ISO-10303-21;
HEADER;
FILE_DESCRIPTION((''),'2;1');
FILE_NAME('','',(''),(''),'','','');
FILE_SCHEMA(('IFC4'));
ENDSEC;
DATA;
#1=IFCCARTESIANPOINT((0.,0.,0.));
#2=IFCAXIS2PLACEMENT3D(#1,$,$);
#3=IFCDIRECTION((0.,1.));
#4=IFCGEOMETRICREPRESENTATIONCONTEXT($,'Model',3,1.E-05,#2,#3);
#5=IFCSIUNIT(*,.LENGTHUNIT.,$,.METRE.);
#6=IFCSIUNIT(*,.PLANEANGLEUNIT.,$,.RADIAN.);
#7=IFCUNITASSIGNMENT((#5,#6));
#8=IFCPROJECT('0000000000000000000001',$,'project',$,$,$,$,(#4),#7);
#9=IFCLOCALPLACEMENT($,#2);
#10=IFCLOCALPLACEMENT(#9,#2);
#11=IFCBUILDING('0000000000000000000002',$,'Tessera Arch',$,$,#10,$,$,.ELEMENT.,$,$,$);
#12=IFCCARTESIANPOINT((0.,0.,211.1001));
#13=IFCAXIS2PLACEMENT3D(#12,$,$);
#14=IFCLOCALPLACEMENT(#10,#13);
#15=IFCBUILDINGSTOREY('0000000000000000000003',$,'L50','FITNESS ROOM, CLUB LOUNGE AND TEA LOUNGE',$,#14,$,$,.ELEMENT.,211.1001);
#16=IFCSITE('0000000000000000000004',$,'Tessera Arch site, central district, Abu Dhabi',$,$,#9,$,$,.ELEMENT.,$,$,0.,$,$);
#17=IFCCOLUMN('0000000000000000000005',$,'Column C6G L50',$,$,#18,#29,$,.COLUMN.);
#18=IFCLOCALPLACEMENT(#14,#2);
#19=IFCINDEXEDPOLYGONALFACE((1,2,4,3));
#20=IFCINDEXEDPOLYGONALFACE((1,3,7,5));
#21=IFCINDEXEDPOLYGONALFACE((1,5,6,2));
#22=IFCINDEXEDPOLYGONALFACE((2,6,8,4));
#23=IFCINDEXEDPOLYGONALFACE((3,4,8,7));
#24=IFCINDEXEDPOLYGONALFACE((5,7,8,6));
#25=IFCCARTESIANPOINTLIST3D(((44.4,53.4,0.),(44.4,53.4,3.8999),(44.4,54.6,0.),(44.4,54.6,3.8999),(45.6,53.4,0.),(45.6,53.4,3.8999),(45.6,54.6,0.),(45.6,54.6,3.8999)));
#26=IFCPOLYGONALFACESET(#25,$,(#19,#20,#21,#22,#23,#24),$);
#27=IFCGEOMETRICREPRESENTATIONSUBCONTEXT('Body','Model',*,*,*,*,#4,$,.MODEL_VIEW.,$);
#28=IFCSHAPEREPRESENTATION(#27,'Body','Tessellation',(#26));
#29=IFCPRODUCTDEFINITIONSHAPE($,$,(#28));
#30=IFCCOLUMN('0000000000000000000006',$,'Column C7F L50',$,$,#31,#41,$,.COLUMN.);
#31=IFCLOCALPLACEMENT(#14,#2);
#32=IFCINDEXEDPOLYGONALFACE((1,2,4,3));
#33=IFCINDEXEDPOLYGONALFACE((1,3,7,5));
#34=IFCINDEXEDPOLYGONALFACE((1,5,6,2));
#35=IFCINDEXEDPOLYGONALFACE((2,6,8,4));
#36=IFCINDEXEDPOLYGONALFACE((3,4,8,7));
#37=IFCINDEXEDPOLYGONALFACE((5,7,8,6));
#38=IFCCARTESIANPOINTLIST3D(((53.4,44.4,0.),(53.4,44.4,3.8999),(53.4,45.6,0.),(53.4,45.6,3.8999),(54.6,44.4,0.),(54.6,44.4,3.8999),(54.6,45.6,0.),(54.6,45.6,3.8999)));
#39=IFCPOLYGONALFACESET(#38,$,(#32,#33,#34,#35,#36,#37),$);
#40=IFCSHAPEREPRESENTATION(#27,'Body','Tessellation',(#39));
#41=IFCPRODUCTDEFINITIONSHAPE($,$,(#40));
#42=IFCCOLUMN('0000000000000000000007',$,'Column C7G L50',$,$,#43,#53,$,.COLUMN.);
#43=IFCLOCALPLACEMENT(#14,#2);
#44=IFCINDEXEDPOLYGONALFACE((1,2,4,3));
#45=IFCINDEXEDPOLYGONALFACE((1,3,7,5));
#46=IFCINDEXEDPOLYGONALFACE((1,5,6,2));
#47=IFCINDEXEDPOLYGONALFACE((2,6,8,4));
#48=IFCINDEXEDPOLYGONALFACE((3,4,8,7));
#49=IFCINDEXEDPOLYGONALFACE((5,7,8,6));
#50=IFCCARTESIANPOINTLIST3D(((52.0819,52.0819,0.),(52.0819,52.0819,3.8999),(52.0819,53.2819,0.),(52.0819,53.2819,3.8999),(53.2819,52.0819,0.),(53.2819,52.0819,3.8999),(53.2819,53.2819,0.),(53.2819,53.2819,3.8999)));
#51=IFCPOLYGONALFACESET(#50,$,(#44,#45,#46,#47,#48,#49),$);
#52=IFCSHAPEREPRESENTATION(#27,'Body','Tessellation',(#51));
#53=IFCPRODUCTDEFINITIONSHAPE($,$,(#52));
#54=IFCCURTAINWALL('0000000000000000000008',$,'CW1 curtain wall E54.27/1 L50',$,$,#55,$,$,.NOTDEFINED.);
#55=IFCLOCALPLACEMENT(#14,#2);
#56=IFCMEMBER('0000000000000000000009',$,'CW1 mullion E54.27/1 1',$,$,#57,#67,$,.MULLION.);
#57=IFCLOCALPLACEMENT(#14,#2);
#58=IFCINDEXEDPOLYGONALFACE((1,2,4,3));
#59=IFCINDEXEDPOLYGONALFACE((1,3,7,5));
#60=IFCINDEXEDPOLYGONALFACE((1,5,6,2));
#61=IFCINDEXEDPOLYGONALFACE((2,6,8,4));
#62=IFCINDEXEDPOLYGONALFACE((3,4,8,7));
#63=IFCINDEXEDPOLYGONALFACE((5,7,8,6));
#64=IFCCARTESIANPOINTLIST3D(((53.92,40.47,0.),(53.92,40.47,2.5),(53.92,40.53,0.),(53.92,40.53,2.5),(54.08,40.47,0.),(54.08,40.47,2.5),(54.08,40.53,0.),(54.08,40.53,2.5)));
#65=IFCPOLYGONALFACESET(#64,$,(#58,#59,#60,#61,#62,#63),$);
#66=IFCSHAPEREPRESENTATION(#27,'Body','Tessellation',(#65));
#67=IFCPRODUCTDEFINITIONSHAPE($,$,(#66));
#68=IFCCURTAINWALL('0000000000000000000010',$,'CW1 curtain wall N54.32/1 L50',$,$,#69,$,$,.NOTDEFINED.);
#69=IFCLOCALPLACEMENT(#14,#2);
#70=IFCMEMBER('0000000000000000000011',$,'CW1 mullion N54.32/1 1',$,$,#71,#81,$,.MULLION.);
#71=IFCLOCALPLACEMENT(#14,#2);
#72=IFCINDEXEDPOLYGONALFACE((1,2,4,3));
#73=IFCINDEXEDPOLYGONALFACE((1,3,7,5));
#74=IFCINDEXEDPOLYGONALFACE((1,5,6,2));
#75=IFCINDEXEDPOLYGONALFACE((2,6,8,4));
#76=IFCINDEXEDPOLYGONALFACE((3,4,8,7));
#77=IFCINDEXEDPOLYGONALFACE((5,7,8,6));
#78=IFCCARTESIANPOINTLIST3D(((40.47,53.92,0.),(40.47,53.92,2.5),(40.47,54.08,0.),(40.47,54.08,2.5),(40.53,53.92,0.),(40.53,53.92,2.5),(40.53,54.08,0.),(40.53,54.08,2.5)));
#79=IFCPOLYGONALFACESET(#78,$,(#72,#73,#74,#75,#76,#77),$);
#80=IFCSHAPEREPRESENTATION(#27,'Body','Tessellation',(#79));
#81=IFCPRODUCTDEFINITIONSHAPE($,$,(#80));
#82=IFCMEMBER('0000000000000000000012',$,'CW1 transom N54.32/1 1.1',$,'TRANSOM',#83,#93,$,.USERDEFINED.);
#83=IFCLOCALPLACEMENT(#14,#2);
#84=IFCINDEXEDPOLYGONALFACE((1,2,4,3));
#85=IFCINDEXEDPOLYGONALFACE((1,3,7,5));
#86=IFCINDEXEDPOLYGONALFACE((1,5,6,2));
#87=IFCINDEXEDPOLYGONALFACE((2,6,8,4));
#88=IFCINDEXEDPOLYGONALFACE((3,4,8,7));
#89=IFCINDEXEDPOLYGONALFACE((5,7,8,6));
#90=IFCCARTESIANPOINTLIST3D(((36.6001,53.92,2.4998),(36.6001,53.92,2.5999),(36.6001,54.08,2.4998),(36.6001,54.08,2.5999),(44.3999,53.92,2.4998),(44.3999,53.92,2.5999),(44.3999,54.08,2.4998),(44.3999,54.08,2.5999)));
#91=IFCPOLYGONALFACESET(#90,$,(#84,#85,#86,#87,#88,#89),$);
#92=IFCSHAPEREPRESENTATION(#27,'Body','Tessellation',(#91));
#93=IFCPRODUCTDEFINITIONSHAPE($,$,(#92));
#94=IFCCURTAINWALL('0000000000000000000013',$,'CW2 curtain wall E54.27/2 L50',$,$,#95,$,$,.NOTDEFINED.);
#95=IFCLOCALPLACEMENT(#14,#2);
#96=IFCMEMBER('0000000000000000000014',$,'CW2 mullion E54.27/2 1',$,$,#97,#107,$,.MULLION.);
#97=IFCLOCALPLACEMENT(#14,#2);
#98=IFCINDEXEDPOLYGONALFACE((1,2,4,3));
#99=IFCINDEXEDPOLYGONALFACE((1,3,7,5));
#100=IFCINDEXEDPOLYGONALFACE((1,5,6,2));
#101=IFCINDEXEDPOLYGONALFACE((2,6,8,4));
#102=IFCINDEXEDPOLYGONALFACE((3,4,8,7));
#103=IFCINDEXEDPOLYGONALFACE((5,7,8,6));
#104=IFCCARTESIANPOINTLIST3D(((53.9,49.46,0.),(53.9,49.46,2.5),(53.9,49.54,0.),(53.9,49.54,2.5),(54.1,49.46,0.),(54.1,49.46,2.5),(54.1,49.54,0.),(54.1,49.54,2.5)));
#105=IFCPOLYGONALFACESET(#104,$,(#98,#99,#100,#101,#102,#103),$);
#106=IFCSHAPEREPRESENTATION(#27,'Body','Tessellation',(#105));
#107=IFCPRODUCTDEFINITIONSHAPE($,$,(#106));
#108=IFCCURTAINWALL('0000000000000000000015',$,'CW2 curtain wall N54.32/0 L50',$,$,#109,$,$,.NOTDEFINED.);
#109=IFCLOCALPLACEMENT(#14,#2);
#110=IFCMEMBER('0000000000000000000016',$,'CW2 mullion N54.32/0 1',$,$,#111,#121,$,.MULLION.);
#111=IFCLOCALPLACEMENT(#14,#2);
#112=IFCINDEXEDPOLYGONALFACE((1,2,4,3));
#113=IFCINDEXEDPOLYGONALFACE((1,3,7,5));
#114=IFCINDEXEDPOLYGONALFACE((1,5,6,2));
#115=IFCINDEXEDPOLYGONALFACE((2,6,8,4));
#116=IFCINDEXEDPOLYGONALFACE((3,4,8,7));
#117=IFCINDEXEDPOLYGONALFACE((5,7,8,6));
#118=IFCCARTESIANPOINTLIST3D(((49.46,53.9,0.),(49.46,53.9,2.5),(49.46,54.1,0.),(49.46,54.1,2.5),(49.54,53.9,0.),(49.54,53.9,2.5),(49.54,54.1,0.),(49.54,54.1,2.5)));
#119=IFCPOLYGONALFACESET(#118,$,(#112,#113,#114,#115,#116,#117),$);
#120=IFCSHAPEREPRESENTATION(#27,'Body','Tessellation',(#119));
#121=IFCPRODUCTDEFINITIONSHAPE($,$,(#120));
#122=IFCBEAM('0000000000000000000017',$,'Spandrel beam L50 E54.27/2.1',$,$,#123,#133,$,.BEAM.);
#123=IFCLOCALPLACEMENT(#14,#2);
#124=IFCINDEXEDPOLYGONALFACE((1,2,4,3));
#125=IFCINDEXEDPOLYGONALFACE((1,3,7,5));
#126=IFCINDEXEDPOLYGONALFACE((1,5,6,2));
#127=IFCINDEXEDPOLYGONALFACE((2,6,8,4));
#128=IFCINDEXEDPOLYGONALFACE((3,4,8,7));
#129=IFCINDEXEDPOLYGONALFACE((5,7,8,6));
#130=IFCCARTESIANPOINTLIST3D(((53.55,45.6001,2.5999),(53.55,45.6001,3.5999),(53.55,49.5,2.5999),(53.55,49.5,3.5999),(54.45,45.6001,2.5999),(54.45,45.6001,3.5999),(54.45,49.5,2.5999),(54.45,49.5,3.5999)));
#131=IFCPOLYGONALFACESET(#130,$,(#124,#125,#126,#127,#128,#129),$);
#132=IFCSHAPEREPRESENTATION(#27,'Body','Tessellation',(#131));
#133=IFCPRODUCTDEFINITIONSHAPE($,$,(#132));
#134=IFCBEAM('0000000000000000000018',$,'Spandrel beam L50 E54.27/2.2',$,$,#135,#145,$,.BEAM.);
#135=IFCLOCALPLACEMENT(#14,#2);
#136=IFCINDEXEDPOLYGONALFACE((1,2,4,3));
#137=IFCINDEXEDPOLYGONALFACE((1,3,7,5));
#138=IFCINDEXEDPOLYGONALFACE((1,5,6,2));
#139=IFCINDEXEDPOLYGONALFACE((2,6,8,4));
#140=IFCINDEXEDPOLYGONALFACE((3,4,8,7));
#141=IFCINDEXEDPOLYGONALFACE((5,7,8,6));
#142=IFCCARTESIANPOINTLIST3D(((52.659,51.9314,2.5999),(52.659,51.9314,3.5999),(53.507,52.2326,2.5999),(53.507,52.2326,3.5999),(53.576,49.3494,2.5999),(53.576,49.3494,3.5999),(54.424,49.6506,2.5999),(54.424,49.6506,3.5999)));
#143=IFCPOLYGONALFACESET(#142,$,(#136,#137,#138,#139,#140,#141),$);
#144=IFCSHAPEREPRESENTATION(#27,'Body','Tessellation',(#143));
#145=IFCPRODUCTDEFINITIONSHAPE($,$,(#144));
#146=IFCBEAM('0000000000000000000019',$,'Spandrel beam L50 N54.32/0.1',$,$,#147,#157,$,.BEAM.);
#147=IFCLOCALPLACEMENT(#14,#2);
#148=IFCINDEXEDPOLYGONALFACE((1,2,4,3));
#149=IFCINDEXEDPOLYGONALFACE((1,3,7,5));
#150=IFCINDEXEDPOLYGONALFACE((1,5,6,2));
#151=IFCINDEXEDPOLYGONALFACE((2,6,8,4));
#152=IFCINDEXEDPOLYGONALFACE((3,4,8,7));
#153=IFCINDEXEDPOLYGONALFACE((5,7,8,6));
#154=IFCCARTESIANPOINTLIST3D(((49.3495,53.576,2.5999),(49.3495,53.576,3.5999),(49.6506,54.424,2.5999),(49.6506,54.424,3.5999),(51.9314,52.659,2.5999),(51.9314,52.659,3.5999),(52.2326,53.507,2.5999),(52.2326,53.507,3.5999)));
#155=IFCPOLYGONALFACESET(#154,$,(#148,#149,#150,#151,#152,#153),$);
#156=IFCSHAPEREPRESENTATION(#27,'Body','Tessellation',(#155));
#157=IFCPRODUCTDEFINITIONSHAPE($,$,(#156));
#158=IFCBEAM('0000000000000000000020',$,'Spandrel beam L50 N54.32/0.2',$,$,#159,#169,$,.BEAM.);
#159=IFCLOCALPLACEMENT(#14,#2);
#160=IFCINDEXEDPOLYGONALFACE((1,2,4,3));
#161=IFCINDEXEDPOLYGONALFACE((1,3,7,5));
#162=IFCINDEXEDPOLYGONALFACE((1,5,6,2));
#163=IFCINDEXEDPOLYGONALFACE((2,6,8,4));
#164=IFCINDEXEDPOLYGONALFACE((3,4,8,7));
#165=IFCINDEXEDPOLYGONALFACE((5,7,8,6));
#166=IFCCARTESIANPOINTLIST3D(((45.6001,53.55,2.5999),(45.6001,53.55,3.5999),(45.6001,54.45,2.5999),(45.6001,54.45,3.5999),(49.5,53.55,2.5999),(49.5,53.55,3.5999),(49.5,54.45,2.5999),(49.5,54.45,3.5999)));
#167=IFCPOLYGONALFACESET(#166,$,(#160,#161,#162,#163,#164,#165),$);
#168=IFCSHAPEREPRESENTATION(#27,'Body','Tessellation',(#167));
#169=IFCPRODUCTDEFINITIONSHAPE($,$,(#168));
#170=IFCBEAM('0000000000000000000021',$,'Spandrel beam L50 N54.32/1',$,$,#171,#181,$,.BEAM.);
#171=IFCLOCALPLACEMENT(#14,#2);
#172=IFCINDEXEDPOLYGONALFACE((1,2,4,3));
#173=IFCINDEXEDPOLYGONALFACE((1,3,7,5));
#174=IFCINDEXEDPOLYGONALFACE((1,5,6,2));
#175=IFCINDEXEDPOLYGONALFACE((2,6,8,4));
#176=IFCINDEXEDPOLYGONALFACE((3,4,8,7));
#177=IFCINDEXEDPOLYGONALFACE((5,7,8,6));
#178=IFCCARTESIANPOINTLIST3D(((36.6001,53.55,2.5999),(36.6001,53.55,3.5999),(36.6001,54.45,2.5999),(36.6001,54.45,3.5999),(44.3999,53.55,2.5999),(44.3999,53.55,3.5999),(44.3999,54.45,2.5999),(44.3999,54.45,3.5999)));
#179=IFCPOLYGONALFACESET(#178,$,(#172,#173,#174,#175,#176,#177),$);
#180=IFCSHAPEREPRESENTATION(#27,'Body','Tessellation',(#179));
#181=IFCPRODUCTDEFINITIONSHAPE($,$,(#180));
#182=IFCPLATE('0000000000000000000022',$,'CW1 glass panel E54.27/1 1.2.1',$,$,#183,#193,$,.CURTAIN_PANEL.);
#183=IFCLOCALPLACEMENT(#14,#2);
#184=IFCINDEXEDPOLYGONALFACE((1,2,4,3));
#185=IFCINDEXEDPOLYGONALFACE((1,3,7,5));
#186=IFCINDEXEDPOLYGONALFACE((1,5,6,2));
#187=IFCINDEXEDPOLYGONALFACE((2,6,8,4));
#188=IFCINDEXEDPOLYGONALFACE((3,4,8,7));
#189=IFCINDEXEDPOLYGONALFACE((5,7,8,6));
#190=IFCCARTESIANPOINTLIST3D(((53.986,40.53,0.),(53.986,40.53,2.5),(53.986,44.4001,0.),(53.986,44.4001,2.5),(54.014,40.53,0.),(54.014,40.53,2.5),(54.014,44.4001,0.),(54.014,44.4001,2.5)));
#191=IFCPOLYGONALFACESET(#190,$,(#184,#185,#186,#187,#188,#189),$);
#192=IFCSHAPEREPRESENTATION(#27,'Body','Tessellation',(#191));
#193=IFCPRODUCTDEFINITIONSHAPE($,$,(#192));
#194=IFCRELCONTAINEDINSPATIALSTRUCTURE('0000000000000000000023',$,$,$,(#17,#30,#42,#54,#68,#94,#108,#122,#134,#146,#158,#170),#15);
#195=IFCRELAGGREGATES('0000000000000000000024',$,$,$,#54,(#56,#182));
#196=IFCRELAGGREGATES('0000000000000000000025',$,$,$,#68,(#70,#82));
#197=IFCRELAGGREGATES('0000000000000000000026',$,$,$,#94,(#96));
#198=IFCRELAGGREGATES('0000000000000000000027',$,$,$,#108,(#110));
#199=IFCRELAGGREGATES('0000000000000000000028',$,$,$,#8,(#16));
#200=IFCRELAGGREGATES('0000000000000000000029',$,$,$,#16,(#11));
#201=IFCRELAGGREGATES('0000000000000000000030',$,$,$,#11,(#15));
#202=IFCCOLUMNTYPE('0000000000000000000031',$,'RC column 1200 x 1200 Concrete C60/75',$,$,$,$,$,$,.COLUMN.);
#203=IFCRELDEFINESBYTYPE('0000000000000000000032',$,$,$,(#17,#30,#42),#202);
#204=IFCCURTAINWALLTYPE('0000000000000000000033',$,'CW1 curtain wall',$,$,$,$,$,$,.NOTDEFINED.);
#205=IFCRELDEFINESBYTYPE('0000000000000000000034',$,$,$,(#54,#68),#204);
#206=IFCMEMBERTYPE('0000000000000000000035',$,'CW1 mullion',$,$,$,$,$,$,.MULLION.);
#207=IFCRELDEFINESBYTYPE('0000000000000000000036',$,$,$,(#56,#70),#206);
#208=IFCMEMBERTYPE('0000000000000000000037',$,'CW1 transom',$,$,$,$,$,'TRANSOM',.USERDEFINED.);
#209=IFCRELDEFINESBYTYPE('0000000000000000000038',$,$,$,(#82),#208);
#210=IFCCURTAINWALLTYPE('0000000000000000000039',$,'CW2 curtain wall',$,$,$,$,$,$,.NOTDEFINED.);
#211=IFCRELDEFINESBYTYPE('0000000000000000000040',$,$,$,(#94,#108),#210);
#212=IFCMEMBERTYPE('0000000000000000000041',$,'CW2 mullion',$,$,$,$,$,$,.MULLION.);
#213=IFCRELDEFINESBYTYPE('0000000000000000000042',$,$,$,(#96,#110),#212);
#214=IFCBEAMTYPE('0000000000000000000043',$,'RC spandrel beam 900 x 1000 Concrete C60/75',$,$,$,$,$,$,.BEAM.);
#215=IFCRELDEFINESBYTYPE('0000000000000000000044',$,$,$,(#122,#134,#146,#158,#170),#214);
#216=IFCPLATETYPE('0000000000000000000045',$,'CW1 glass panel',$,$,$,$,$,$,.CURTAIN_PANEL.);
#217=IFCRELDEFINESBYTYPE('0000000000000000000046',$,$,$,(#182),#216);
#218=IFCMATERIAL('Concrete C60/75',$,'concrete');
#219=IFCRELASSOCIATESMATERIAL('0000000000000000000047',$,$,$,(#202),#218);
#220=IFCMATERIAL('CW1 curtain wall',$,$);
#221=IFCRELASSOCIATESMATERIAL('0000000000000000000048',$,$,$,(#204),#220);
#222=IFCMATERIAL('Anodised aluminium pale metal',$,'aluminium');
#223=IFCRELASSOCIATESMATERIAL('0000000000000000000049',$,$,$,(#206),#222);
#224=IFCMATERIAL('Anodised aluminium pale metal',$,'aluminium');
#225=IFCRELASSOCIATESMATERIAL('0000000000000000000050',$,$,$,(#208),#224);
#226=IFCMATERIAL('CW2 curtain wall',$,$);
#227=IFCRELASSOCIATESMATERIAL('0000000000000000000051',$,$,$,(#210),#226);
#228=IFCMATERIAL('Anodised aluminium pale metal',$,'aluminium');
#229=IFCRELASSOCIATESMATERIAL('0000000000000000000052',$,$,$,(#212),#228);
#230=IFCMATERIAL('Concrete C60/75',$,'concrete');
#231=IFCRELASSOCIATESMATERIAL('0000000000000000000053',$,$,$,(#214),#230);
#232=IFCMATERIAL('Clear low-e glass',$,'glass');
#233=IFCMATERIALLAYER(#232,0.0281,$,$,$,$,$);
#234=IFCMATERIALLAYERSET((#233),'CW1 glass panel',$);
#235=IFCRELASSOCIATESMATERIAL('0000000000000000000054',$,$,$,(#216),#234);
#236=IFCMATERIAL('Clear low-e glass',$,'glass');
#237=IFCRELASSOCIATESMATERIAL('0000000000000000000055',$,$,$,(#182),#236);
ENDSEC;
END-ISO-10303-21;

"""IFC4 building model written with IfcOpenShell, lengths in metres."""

from ifc_helpers import new_model, si_unit, direction, frame, origin, origin_2d, place, context, subcontext, project, spatial, rectangle, extrude, material, layer, layer_set, material_profile, profile_set, type_object, element, aggregate, save


model = new_model("IFC4")

# Units and contexts
model_context = context("Model", 3, precision=1e-05, world=origin(), true_north=direction((0.0, 1.0)))
body_context = subcontext(model_context, "Body", "Model", "MODEL_VIEW")
ifc_project = project(units=[si_unit("LENGTHUNIT", "METRE"), si_unit("PLANEANGLEUNIT", "RADIAN")], contexts=[model_context])

# Site, building, storey
site_placement = place(None, origin())
site = spatial("IfcSite", under=ifc_project, at=site_placement, Name="Tessera Arch site, central district, Abu Dhabi", CompositionType="ELEMENT", RefElevation=0.0)
building_placement = place(site_placement, origin())
building = spatial("IfcBuilding", under=site, at=building_placement, Name="Tessera Arch", CompositionType="ELEMENT")
storey_placement = place(building_placement, frame((0.0, 0.0, 211.1001)))
storey = spatial("IfcBuildingStorey", under=building, at=storey_placement, Name="L50", Description="FITNESS ROOM, CLUB LOUNGE AND TEA LOUNGE", CompositionType="ELEMENT", Elevation=211.1001)

# Columns
ifc_material_1 = material(Name="Concrete C60/75", Category="concrete")
ifc_material_profile_1 = material_profile(ifc_material_1, rectangle(XDim=1.2, YDim=1.2, at=origin_2d()), Name="RC column 1200 x 1200 Concrete C60/75")
ifc_profile_set_1 = profile_set([ifc_material_profile_1], Name="Concrete C60/75")
column_type = type_object("IfcColumnType", Name="RC column 1200 x 1200 Concrete C60/75", PredefinedType="COLUMN", material=ifc_profile_set_1)
for number, where, z_axis, x_axis, name in (
    (1, (45.0, 54.0, 0.0), (0.0, 0.0, 1.0), (1.0, 0.0, 0.0), "Column C6G L50"),
    (2, (54.0, 45.0, 0.0), (0.0, 0.0, 1.0), (1.0, 0.0, 0.0), "Column C7F L50"),
    (3, (52.6819, 52.6819, 0.0), (0.0, 0.0, 1.0), (1.0, 0.0, 0.0), "Column C7G L50"),
):
    element("IfcColumn", number, at=place(storey_placement, frame(where, z_axis=z_axis, x_axis=x_axis)), inside=storey, type_object=column_type, Name=name, PredefinedType="COLUMN", context=body_context, shape_type="SweptSolid", body=[
        extrude(rectangle(XDim=1.2, YDim=1.2, at=origin_2d()), origin(), (0.0, 0.0, 1.0), 3.8999),
    ])

# Curtain wall, member
ifc_material_2 = material(Name="CW1 curtain wall")
curtain_wall_type_1 = type_object("IfcCurtainWallType", Name="CW1 curtain wall", PredefinedType="NOTDEFINED", material=ifc_material_2)
curtain_wall_1_placement = place(storey_placement, origin())
curtain_wall_1 = element("IfcCurtainWall", 4, at=curtain_wall_1_placement, inside=storey, type_object=curtain_wall_type_1, Name="CW1 curtain wall E54.27/1 L50", PredefinedType="NOTDEFINED")
ifc_material_3 = material(Name="Anodised aluminium pale metal", Category="aluminium")
ifc_material_profile_2 = material_profile(ifc_material_3, rectangle(XDim=0.1599, YDim=0.0601, at=origin_2d()), Name="AL 60x160")
ifc_profile_set_2 = profile_set([ifc_material_profile_2], Name="Anodised aluminium pale metal")
member_type_1 = type_object("IfcMemberType", Name="CW1 mullion", PredefinedType="MULLION", material=ifc_profile_set_2)
member_1_placement = place(storey_placement, frame((54.0, 40.5, 0.0), z_axis=(0.0, 0.0, 1.0), x_axis=(-1.0, 0.0, 0.0)))
member_1 = element("IfcMember", 5, at=member_1_placement, type_object=member_type_1, Name="CW1 mullion E54.27/1 1", PredefinedType="MULLION", context=body_context, shape_type="SweptSolid", body=[
    extrude(rectangle(XDim=0.1599, YDim=0.0601, at=origin_2d()), origin(), (0.0, 0.0, 1.0), 2.5),
])

# Curtain wall, members
curtain_wall_2_placement = place(storey_placement, origin())
curtain_wall_2 = element("IfcCurtainWall", 6, at=curtain_wall_2_placement, inside=storey, type_object=curtain_wall_type_1, Name="CW1 curtain wall N54.32/1 L50", PredefinedType="NOTDEFINED")
member_2_placement = place(storey_placement, frame((40.5, 54.0, 0.0), z_axis=(0.0, 0.0, 1.0), x_axis=(0.0, -1.0, 0.0)))
member_2 = element("IfcMember", 7, at=member_2_placement, type_object=member_type_1, Name="CW1 mullion N54.32/1 1", PredefinedType="MULLION", context=body_context, shape_type="SweptSolid", body=[
    extrude(rectangle(XDim=0.1599, YDim=0.0601, at=origin_2d()), origin(), (0.0, 0.0, 1.0), 2.5),
])
ifc_material_4 = material(Name="Anodised aluminium pale metal", Category="aluminium")
ifc_material_profile_3 = material_profile(ifc_material_4, rectangle(XDim=0.1599, YDim=0.1001, at=origin_2d()), Name="AL 160x100")
ifc_profile_set_3 = profile_set([ifc_material_profile_3], Name="Anodised aluminium pale metal")
member_type_2 = type_object("IfcMemberType", Name="CW1 transom", ElementType="TRANSOM", PredefinedType="USERDEFINED", material=ifc_profile_set_3)
member_3_placement = place(storey_placement, frame((44.3999, 54.0, 2.5498), z_axis=(-1.0, 0.0, 0.0), x_axis=(0.0, -1.0, 0.0)))
member_3 = element("IfcMember", 8, at=member_3_placement, type_object=member_type_2, Name="CW1 transom N54.32/1 1.1", ObjectType="TRANSOM", PredefinedType="USERDEFINED", context=body_context, shape_type="SweptSolid", body=[
    extrude(rectangle(XDim=0.1599, YDim=0.1001, at=origin_2d()), origin(), (0.0, 0.0, 1.0), 7.7998),
])

# Curtain walls, members
ifc_material_5 = material(Name="CW2 curtain wall")
curtain_wall_type_2 = type_object("IfcCurtainWallType", Name="CW2 curtain wall", PredefinedType="NOTDEFINED", material=ifc_material_5)
curtain_wall_3_placement = place(storey_placement, origin())
curtain_wall_3 = element("IfcCurtainWall", 9, at=curtain_wall_3_placement, inside=storey, type_object=curtain_wall_type_2, Name="CW2 curtain wall E54.27/2 L50", PredefinedType="NOTDEFINED")
ifc_material_6 = material(Name="Anodised aluminium pale metal", Category="aluminium")
ifc_material_profile_4 = material_profile(ifc_material_6, rectangle(XDim=0.2, YDim=0.0801, at=origin_2d()), Name="AL 80x200")
ifc_profile_set_4 = profile_set([ifc_material_profile_4], Name="Anodised aluminium pale metal")
member_type_3 = type_object("IfcMemberType", Name="CW2 mullion", PredefinedType="MULLION", material=ifc_profile_set_4)
member_4_placement = place(storey_placement, frame((54.0, 49.5, 0.0), z_axis=(0.0, 0.0, 1.0), x_axis=(-1.0, 0.0, 0.0)))
member_4 = element("IfcMember", 10, at=member_4_placement, type_object=member_type_3, Name="CW2 mullion E54.27/2 1", PredefinedType="MULLION", context=body_context, shape_type="SweptSolid", body=[
    extrude(rectangle(XDim=0.2, YDim=0.0801, at=origin_2d()), origin(), (0.0, 0.0, 1.0), 2.5),
])
curtain_wall_4_placement = place(storey_placement, origin())
curtain_wall_4 = element("IfcCurtainWall", 11, at=curtain_wall_4_placement, inside=storey, type_object=curtain_wall_type_2, Name="CW2 curtain wall N54.32/0 L50", PredefinedType="NOTDEFINED")
member_5_placement = place(storey_placement, frame((49.5, 54.0, 0.0), z_axis=(0.0, 0.0, 1.0), x_axis=(0.0, -1.0, 0.0)))
member_5 = element("IfcMember", 12, at=member_5_placement, type_object=member_type_3, Name="CW2 mullion N54.32/0 1", PredefinedType="MULLION", context=body_context, shape_type="SweptSolid", body=[
    extrude(rectangle(XDim=0.2, YDim=0.0801, at=origin_2d()), origin(), (0.0, 0.0, 1.0), 2.5),
])

# Beams
ifc_material_7 = material(Name="Concrete C60/75", Category="concrete")
ifc_material_profile_5 = material_profile(ifc_material_7, rectangle(XDim=0.8999, YDim=1.0, at=origin_2d()), Name="RC spandrel beam 900 x 1000 Concrete C60/75")
ifc_profile_set_5 = profile_set([ifc_material_profile_5], Name="Concrete C60/75")
beam_type = type_object("IfcBeamType", Name="RC spandrel beam 900 x 1000 Concrete C60/75", PredefinedType="BEAM", material=ifc_profile_set_5)
beam_1_placement = place(storey_placement, frame((54.0, 45.6001, 3.0999), z_axis=(0.0, 1.0, 0.0), x_axis=(-1.0, 0.0, 0.0)))
element("IfcBeam", 13, at=beam_1_placement, inside=storey, type_object=beam_type, Name="Spandrel beam L50 E54.27/2.1", PredefinedType="BEAM", context=body_context, shape_type="SweptSolid", body=[
    extrude(rectangle(XDim=0.8999, YDim=1.0, at=origin_2d()), origin(), (0.0, 0.0, 1.0), 3.8999),
])
for number, where, z_axis, x_axis, name in (
    (14, (54.0, 49.5, 3.0999), (-0.334665, 0.942337, 0.0), (-0.942337, -0.334665, 0.0), "Spandrel beam L50 E54.27/2.2"),
    (15, (52.082, 53.083, 3.0999), (-0.942337, 0.334665, 0.0), (-0.334665, -0.942337, 0.0), "Spandrel beam L50 N54.32/0.1"),
):
    element("IfcBeam", number, at=place(storey_placement, frame(where, z_axis=z_axis, x_axis=x_axis)), inside=storey, type_object=beam_type, Name=name, PredefinedType="BEAM", context=body_context, shape_type="SweptSolid", body=[
        extrude(rectangle(XDim=0.8999, YDim=1.0, at=origin_2d()), origin(), (0.0, 0.0, 1.0), 2.74),
    ])
beam_2_placement = place(storey_placement, frame((49.5, 54.0, 3.0999), z_axis=(-1.0, 0.0, 0.0), x_axis=(0.0, -1.0, 0.0)))
element("IfcBeam", 16, at=beam_2_placement, inside=storey, type_object=beam_type, Name="Spandrel beam L50 N54.32/0.2", PredefinedType="BEAM", context=body_context, shape_type="SweptSolid", body=[
    extrude(rectangle(XDim=0.8999, YDim=1.0, at=origin_2d()), origin(), (0.0, 0.0, 1.0), 3.8999),
])
beam_3_placement = place(storey_placement, frame((44.3999, 54.0, 3.0999), z_axis=(-1.0, 0.0, 0.0), x_axis=(0.0, -1.0, 0.0)))
element("IfcBeam", 17, at=beam_3_placement, inside=storey, type_object=beam_type, Name="Spandrel beam L50 N54.32/1", PredefinedType="BEAM", context=body_context, shape_type="SweptSolid", body=[
    extrude(rectangle(XDim=0.8999, YDim=1.0, at=origin_2d()), origin(), (0.0, 0.0, 1.0), 7.7998),
])

# Plate
ifc_material_8 = material(Name="Clear low-e glass", Category="glass")
ifc_material_9 = material(Name="Clear low-e glass", Category="glass")
ifc_layer_1 = layer(ifc_material_9, 0.0281)
ifc_layer_set_1 = layer_set([ifc_layer_1], Name="CW1 glass panel")
plate_type_1 = type_object("IfcPlateType", Name="CW1 glass panel", PredefinedType="CURTAIN_PANEL", material=ifc_layer_set_1)
plate_1_placement = place(storey_placement, frame((54.0, 42.4651, 0.0), z_axis=(0.0, 0.0, 1.0), x_axis=(0.0, 1.0, 0.0)))
plate_1 = element("IfcPlate", 18, at=plate_1_placement, type_object=plate_type_1, material=ifc_material_8, Name="CW1 glass panel E54.27/1 1.2.1", PredefinedType="CURTAIN_PANEL", context=body_context, shape_type="SweptSolid", body=[
    extrude(rectangle(XDim=3.8701, YDim=0.0281, at=origin_2d()), origin(), (0.0, 0.0, 1.0), 2.5),
])
aggregate(curtain_wall_1, [member_1, plate_1])
aggregate(curtain_wall_2, [member_2, member_3])
aggregate(curtain_wall_3, [member_4])
aggregate(curtain_wall_4, [member_5])

save(model, "model.ifc")
